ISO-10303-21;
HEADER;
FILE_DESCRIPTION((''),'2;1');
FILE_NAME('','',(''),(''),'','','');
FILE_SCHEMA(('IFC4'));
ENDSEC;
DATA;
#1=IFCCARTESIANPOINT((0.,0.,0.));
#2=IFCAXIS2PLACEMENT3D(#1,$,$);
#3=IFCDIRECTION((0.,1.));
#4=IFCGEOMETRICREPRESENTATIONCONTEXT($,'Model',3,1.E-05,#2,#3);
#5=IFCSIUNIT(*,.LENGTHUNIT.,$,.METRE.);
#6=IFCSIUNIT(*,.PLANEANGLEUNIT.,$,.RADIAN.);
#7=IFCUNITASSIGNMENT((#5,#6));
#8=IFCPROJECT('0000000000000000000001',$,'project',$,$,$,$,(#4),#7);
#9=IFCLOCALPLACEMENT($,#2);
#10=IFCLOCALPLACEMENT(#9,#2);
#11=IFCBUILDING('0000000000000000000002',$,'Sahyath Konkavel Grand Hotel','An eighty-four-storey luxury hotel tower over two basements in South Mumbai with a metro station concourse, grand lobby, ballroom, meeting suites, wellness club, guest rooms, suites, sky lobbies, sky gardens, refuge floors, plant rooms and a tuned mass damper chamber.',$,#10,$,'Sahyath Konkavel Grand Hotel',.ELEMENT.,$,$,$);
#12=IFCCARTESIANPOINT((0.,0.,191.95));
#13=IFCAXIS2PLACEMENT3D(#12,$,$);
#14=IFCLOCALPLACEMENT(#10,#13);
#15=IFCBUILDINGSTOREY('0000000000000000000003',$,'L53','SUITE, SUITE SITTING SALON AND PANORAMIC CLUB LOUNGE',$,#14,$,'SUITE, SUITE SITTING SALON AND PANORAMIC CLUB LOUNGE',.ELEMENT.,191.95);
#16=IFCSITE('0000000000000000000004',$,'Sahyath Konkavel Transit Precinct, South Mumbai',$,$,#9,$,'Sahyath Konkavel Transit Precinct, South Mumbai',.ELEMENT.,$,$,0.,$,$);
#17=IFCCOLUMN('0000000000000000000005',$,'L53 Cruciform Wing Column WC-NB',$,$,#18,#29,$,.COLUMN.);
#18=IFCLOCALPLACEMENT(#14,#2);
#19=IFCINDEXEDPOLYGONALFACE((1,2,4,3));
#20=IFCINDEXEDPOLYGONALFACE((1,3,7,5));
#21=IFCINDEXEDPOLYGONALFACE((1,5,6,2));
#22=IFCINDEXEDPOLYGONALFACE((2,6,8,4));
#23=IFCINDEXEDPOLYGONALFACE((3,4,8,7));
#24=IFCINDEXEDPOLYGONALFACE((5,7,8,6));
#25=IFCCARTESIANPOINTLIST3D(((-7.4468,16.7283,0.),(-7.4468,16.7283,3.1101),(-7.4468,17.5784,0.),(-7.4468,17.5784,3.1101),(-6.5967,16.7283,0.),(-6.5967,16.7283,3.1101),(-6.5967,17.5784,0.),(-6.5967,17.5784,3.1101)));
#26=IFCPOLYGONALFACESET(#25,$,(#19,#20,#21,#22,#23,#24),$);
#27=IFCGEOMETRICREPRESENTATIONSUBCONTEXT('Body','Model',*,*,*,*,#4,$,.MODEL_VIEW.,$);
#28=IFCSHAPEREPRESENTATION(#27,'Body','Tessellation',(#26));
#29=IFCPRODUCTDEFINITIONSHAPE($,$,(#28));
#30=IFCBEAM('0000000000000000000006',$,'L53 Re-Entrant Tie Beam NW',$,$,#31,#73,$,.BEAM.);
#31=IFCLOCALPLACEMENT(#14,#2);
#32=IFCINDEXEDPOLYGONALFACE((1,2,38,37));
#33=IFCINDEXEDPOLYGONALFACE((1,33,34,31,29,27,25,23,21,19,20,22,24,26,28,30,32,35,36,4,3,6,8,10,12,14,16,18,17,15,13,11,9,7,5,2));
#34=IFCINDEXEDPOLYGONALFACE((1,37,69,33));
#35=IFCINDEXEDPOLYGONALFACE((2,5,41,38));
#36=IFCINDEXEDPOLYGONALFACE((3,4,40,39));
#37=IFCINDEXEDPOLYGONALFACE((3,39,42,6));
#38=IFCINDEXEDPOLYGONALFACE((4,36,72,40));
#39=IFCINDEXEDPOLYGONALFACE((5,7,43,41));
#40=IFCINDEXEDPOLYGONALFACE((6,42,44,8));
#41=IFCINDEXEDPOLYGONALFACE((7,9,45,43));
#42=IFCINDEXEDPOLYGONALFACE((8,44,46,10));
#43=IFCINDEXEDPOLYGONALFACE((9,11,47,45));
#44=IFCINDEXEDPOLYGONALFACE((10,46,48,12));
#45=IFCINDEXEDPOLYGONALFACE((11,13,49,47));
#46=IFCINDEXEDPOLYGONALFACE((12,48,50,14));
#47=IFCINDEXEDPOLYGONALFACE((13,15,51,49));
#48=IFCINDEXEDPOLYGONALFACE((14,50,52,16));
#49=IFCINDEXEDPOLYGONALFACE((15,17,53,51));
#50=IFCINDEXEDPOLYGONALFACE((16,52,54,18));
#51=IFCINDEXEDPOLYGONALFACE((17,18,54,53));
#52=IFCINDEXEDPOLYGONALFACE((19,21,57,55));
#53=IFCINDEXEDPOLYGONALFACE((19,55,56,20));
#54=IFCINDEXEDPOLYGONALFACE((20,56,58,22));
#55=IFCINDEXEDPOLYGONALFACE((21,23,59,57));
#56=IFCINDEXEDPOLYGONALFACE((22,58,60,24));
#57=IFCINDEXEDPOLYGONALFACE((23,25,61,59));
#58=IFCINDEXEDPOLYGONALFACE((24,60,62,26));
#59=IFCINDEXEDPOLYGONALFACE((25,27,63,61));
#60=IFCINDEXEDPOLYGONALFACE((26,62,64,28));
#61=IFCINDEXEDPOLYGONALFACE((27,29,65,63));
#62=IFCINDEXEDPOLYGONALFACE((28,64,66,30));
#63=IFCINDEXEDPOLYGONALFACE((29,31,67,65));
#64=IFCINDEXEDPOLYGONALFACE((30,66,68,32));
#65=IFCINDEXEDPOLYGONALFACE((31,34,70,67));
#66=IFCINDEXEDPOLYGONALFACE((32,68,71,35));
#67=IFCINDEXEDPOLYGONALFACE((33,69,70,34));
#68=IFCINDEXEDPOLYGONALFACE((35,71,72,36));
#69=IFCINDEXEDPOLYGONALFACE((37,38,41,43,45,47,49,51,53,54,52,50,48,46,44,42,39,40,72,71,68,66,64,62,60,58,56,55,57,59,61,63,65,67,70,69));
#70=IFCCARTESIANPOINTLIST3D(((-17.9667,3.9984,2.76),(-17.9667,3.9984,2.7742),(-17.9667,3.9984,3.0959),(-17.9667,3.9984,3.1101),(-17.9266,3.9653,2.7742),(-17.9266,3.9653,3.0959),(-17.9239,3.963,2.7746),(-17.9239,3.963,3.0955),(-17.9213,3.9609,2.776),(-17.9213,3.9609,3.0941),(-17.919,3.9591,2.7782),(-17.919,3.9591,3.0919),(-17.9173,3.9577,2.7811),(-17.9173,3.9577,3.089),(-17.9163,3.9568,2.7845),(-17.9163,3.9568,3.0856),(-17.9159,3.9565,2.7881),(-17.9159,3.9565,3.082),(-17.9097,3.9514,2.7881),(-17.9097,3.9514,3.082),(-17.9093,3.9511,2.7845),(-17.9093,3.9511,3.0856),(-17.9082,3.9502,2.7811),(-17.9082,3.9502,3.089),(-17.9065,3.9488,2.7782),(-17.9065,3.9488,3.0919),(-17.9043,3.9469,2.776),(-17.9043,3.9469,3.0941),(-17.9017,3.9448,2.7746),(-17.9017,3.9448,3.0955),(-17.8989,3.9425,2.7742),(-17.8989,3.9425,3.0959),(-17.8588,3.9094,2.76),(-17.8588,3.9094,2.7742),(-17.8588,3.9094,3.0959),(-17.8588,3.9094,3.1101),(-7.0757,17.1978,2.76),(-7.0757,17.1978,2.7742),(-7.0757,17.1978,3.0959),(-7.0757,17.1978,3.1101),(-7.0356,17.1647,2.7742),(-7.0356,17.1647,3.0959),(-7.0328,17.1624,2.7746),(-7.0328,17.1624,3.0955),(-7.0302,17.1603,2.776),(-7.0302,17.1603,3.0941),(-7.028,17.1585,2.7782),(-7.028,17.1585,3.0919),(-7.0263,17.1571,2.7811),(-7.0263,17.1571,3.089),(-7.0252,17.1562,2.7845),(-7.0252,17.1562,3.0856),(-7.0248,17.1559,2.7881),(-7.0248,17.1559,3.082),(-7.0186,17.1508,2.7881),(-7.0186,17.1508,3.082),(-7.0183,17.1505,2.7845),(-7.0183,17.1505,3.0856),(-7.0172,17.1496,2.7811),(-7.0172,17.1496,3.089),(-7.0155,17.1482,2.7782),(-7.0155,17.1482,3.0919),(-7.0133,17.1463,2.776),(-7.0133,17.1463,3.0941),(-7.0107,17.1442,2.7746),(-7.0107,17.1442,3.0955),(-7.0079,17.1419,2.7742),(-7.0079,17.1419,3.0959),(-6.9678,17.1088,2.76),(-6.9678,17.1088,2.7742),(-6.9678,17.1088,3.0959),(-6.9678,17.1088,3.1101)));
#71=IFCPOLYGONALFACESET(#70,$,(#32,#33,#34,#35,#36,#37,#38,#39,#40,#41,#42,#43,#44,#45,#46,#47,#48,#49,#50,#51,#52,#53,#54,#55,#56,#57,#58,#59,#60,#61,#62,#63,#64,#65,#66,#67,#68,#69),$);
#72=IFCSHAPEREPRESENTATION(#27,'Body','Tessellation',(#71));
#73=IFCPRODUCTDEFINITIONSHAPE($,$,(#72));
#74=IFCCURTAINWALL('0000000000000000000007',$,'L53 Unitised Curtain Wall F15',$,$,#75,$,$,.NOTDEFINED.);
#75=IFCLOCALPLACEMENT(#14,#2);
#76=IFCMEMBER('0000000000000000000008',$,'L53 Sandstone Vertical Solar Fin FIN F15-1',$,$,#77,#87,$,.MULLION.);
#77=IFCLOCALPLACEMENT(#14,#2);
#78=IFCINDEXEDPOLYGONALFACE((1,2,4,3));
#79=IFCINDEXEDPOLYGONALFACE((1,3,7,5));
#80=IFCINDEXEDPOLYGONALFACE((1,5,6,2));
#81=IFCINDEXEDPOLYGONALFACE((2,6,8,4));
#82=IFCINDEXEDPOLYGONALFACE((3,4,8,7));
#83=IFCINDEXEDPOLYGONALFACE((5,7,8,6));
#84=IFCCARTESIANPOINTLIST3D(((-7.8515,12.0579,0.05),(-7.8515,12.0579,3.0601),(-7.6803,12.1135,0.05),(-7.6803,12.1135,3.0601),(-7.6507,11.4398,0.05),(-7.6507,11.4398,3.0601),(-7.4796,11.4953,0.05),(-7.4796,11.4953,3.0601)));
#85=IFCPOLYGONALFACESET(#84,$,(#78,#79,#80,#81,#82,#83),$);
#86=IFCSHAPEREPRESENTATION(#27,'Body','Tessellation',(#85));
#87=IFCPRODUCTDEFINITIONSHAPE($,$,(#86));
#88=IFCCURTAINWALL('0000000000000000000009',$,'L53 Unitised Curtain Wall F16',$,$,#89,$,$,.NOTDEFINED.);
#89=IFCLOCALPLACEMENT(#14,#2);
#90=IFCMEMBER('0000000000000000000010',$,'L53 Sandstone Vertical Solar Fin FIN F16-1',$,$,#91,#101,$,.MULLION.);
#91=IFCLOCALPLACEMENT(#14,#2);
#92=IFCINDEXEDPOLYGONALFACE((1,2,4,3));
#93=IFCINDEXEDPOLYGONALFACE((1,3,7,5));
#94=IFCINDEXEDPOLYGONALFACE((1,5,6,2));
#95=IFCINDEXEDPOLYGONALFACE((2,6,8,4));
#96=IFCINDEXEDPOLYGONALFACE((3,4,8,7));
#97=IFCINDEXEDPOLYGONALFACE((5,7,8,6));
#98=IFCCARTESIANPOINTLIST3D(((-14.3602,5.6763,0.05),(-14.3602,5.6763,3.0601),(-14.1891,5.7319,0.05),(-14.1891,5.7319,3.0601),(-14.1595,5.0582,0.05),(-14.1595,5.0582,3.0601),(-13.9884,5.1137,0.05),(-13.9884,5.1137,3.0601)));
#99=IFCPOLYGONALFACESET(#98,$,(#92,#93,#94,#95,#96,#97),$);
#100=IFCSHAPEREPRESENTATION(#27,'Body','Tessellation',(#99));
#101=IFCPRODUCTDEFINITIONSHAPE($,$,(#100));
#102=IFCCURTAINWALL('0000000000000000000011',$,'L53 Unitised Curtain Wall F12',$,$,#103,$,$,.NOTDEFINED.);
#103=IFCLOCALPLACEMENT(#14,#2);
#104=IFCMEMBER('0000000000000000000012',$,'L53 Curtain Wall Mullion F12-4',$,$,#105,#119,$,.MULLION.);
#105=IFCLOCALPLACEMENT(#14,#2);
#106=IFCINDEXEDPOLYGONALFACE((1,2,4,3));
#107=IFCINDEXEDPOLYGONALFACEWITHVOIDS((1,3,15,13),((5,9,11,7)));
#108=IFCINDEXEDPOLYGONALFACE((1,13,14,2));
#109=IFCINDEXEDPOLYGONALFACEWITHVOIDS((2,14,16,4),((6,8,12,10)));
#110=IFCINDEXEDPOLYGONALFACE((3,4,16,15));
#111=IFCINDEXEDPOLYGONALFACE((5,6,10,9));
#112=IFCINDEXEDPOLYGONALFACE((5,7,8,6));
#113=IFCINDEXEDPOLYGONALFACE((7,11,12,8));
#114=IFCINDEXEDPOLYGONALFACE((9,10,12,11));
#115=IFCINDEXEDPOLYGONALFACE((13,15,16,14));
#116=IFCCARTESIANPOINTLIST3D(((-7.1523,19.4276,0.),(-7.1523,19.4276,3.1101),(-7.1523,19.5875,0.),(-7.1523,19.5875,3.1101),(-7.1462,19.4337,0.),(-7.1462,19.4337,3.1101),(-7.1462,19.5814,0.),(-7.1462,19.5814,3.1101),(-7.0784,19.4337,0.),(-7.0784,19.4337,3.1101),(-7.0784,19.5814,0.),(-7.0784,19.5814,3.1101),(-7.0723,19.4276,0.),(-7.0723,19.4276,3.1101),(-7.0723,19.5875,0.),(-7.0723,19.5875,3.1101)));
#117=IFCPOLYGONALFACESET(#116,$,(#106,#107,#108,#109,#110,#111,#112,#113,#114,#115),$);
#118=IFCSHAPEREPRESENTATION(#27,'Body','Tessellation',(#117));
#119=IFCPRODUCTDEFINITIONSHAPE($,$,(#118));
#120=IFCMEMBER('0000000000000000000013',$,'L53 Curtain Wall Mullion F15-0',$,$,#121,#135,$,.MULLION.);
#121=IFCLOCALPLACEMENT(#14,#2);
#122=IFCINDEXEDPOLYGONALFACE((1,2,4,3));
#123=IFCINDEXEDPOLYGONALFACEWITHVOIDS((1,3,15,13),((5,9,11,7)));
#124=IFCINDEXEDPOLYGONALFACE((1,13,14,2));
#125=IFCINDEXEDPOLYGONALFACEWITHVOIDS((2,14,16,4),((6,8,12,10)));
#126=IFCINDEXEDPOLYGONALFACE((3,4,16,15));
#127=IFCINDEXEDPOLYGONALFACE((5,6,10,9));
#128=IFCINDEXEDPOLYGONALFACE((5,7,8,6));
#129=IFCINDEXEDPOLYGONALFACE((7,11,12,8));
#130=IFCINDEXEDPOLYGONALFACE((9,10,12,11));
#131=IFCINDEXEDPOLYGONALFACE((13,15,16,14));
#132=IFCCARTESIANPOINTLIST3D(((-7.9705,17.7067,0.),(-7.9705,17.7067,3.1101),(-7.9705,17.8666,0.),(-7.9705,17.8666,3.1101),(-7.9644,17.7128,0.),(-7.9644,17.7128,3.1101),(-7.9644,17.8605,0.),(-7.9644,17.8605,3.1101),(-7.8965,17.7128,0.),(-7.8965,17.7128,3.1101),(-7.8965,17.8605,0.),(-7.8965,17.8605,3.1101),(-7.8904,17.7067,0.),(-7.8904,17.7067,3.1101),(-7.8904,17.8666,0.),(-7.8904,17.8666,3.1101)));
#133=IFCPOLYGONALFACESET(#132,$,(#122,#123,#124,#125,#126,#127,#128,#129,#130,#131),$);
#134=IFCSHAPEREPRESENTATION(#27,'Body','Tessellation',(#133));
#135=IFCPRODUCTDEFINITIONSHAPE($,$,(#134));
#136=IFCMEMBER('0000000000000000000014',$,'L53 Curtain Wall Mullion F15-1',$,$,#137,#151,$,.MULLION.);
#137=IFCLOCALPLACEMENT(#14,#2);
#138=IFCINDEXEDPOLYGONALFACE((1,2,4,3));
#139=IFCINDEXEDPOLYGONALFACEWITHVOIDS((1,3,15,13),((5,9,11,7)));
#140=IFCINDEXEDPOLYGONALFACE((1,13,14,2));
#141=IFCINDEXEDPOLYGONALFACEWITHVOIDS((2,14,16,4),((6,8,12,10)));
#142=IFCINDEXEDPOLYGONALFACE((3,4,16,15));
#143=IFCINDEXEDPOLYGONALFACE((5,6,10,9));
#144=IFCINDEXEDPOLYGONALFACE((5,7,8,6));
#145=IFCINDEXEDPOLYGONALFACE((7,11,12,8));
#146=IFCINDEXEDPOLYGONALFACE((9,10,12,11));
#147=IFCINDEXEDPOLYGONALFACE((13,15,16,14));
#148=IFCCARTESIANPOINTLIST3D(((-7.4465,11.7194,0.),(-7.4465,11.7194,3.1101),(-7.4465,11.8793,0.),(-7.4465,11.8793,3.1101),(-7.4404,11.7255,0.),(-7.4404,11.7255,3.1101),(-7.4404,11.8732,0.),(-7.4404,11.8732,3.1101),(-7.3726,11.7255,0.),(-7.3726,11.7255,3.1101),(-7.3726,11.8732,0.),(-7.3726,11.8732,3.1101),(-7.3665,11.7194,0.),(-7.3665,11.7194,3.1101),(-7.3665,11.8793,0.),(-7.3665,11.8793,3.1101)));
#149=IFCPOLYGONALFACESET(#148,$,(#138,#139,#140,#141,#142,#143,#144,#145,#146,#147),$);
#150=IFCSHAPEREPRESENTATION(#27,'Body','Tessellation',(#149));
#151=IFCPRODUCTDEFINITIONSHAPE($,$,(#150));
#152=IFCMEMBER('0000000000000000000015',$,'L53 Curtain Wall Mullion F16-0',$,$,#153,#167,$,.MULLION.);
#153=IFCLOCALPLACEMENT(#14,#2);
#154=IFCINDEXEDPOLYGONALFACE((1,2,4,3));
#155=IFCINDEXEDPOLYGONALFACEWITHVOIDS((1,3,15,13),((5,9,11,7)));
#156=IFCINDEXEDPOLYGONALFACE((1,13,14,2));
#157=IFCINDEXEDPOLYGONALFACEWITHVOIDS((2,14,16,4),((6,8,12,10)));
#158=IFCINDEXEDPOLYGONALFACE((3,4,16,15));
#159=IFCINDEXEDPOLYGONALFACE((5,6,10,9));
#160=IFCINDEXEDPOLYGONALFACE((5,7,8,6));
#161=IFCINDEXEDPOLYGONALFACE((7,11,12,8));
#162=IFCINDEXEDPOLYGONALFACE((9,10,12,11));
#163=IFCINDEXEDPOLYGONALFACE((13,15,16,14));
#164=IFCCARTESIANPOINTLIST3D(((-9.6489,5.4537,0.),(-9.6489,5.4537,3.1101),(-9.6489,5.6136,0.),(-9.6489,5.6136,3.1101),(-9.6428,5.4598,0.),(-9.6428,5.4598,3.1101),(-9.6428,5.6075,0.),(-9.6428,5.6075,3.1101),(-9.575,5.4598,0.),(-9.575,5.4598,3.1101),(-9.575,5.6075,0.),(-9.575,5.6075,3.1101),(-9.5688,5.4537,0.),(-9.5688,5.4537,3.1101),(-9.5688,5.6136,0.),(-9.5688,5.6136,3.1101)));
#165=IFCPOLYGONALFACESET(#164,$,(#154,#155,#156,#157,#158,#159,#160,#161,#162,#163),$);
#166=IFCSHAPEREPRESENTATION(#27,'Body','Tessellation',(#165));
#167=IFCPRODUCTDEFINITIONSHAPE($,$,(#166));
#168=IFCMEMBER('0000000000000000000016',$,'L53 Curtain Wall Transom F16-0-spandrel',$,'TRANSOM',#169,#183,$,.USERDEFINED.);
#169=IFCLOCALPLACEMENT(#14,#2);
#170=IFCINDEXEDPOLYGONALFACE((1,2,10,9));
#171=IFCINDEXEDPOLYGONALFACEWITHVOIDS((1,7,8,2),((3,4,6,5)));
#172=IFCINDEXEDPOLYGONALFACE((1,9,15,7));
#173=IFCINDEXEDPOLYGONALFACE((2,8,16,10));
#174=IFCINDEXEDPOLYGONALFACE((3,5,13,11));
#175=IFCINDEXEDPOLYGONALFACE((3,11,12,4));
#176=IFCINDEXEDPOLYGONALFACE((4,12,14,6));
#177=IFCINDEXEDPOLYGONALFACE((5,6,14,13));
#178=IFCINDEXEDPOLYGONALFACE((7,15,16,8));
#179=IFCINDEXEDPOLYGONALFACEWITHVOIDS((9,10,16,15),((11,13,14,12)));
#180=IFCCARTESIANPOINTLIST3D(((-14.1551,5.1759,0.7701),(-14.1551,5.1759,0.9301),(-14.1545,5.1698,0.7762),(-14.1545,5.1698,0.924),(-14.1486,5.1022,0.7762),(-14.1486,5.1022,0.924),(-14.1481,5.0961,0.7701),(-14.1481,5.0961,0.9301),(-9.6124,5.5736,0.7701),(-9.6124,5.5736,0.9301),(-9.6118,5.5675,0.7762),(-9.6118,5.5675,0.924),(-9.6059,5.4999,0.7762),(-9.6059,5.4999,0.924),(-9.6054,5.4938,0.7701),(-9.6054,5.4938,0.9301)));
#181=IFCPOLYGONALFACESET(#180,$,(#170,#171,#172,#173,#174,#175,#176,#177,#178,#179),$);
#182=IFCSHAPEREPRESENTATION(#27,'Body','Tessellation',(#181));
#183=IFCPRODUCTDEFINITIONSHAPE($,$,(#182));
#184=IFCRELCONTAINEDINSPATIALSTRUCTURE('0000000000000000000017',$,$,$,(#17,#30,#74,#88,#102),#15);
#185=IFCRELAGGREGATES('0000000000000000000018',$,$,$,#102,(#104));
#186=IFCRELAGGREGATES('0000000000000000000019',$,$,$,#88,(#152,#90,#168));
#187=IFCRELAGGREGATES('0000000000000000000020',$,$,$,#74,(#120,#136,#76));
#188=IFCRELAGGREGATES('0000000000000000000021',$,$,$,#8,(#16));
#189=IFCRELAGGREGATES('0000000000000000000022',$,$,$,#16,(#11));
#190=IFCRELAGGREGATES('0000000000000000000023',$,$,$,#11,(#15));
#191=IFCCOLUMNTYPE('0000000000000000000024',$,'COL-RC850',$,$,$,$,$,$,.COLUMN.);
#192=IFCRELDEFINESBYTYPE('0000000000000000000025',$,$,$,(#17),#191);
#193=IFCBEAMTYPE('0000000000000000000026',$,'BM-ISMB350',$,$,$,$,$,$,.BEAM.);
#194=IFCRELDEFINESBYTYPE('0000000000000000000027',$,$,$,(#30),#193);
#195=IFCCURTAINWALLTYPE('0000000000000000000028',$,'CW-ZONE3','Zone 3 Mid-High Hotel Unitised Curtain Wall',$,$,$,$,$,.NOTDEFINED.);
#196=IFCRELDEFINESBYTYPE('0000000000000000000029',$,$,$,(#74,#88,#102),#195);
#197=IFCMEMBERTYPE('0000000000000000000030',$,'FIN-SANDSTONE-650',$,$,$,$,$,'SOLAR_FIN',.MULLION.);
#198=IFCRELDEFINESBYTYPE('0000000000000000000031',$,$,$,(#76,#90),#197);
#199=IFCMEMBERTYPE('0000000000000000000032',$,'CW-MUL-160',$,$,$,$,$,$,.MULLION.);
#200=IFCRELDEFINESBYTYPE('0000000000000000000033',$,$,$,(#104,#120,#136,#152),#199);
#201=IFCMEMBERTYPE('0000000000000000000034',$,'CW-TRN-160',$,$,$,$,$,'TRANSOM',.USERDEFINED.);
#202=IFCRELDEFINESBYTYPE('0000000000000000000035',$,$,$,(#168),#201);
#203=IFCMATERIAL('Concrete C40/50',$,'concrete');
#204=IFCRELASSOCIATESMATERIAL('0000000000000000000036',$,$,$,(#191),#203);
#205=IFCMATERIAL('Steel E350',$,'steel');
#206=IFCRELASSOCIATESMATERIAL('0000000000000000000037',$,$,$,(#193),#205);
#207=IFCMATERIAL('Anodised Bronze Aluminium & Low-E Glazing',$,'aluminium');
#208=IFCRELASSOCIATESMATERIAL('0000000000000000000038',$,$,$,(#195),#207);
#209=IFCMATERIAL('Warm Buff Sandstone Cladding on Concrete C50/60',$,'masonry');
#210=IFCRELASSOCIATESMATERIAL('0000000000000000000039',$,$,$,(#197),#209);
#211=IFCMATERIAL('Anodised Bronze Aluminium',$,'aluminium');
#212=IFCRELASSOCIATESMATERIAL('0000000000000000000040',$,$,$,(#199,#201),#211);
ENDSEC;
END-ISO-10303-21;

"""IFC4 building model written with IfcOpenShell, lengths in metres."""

from ifc_helpers import new_model, si_unit, direction, frame, origin, origin_2d, place, context, subcontext, project, spatial, rectangle, hollow_rectangle, i_section, extrude, source, transform, mapped, material, material_profile, profile_set, type_object, element, aggregate, save


model = new_model("IFC4")

# Units and contexts
model_context = context("Model", 3, precision=1e-05, world=origin(), true_north=direction((0.0, 1.0)))
body_context = subcontext(model_context, "Body", "Model", "MODEL_VIEW")
ifc_project = project(units=[si_unit("LENGTHUNIT", "METRE"), si_unit("PLANEANGLEUNIT", "RADIAN")], contexts=[model_context])

# Site, building, storey
site_placement = place(None, origin())
site = spatial("IfcSite", under=ifc_project, at=site_placement, Name="Sahyath Konkavel Transit Precinct, South Mumbai", LongName="Sahyath Konkavel Transit Precinct, South Mumbai", CompositionType="ELEMENT", RefElevation=0.0)
building_placement = place(site_placement, origin())
building = spatial("IfcBuilding", under=site, at=building_placement, Name="Sahyath Konkavel Grand Hotel", Description="An eighty-four-storey luxury hotel tower over two basements in South Mumbai with a metro station concourse, grand lobby, ballroom, meeting suites, wellness club, guest rooms, suites, sky lobbies, sky gardens, refuge floors, plant rooms and a tuned mass damper chamber.", LongName="Sahyath Konkavel Grand Hotel", CompositionType="ELEMENT")
storey_placement = place(building_placement, frame((0.0, 0.0, 191.95)))
storey = spatial("IfcBuildingStorey", under=building, at=storey_placement, Name="L53", Description="SUITE, SUITE SITTING SALON AND PANORAMIC CLUB LOUNGE", LongName="SUITE, SUITE SITTING SALON AND PANORAMIC CLUB LOUNGE", CompositionType="ELEMENT", Elevation=191.95)

# Column
ifc_material_1 = material(Name="Concrete C40/50", Category="concrete")
ifc_material_profile_1 = material_profile(ifc_material_1, rectangle(XDim=0.8501, YDim=0.8501, at=origin_2d()), Name="RC 850x850")
ifc_profile_set_1 = profile_set([ifc_material_profile_1], Name="Concrete C40/50")
column_type = type_object("IfcColumnType", Name="COL-RC850", PredefinedType="COLUMN", material=ifc_profile_set_1)
shared_shape_1 = source(origin(), body_context, "Body", "SweptSolid", [
    extrude(rectangle(XDim=0.8501, YDim=0.8501, at=origin_2d()), origin(), (0.0, 0.0, 1.0), 3.1101),
])
column_placement = place(storey_placement, frame((-7.0217, 17.1533, 0.0), z_axis=(0.0, 0.0, 1.0), x_axis=(1.0, 0.0, 0.0)))
element("IfcColumn", 1, at=column_placement, inside=storey, type_object=column_type, Name="L53 Cruciform Wing Column WC-NB", PredefinedType="COLUMN", context=body_context, shape_type="MappedRepresentation", body=[
    mapped(shared_shape_1, transform((0.0, 0.0, 0.0), scale=1.0)),
])

# Beam
ifc_material_2 = material(Name="Steel E350", Category="steel")
ifc_material_profile_2 = material_profile(ifc_material_2, i_section(OverallWidth=0.1399, OverallDepth=0.3501, WebThickness=0.0081, FlangeThickness=0.0142, FilletRadius=0.0139, at=origin_2d()), Name="ISMB 350")
ifc_profile_set_2 = profile_set([ifc_material_profile_2], Name="Steel E350")
beam_type = type_object("IfcBeamType", Name="BM-ISMB350", PredefinedType="BEAM", material=ifc_profile_set_2)
shared_shape_2 = source(origin(), body_context, "Body", "SweptSolid", [
    extrude(i_section(OverallWidth=0.1399, OverallDepth=0.3501, WebThickness=0.0081, FlangeThickness=0.0142, FilletRadius=0.0139, at=origin_2d()), origin(), (0.0, 0.0, 1.0), 17.1125),
])
beam_placement = place(storey_placement, frame((-7.0217, 17.1533, 2.9351), z_axis=(-0.636437, -0.771329, 0.0), x_axis=(0.771329, -0.636437, 0.0)))
element("IfcBeam", 2, at=beam_placement, inside=storey, type_object=beam_type, Name="L53 Re-Entrant Tie Beam NW", PredefinedType="BEAM", context=body_context, shape_type="MappedRepresentation", body=[
    mapped(shared_shape_2, transform((0.0, 0.0, 0.0), scale=1.0)),
])

# Curtain walls, members
ifc_material_3 = material(Name="Anodised Bronze Aluminium & Low-E Glazing", Category="aluminium")
curtain_wall_type = type_object("IfcCurtainWallType", Name="CW-ZONE3", Description="Zone 3 Mid-High Hotel Unitised Curtain Wall", PredefinedType="NOTDEFINED", material=ifc_material_3)
curtain_wall_1_placement = place(storey_placement, origin())
curtain_wall_1 = element("IfcCurtainWall", 3, at=curtain_wall_1_placement, inside=storey, type_object=curtain_wall_type, Name="L53 Unitised Curtain Wall F15", PredefinedType="NOTDEFINED")
ifc_material_4 = material(Name="Warm Buff Sandstone Cladding on Concrete C50/60", Category="masonry")
ifc_material_profile_3 = material_profile(ifc_material_4, rectangle(XDim=0.1799, YDim=0.6499, at=origin_2d()), Name="FIN 180x650")
ifc_profile_set_3 = profile_set([ifc_material_profile_3], Name="Warm Buff Sandstone Cladding on Concrete C50/60")
member_type_1 = type_object("IfcMemberType", Name="FIN-SANDSTONE-650", ElementType="SOLAR_FIN", PredefinedType="MULLION", material=ifc_profile_set_3)
shared_shape_3 = source(origin(), body_context, "Body", "SweptSolid", [
    extrude(rectangle(XDim=0.1799, YDim=0.6499, at=origin_2d()), origin(), (0.0, 0.0, 1.0), 3.01),
])
member_1_placement = place(storey_placement, frame((-7.6655, 11.7766, 0.05), z_axis=(0.0, 0.0, 1.0), x_axis=(0.95111, 0.308851, 0.0)))
member_1 = element("IfcMember", 4, at=member_1_placement, type_object=member_type_1, Name="L53 Sandstone Vertical Solar Fin FIN F15-1", PredefinedType="MULLION", context=body_context, shape_type="MappedRepresentation", body=[
    mapped(shared_shape_3, transform((0.0, 0.0, 0.0), scale=1.0)),
])
curtain_wall_2_placement = place(storey_placement, origin())
curtain_wall_2 = element("IfcCurtainWall", 5, at=curtain_wall_2_placement, inside=storey, type_object=curtain_wall_type, Name="L53 Unitised Curtain Wall F16", PredefinedType="NOTDEFINED")
member_2_placement = place(storey_placement, frame((-14.1743, 5.395, 0.05), z_axis=(0.0, 0.0, 1.0), x_axis=(0.95111, 0.308851, 0.0)))
member_2 = element("IfcMember", 6, at=member_2_placement, type_object=member_type_1, Name="L53 Sandstone Vertical Solar Fin FIN F16-1", PredefinedType="MULLION", context=body_context, shape_type="MappedRepresentation", body=[
    mapped(shared_shape_3, transform((0.0, 0.0, 0.0), scale=1.0)),
])
curtain_wall_3_placement = place(storey_placement, origin())
curtain_wall_3 = element("IfcCurtainWall", 7, at=curtain_wall_3_placement, inside=storey, type_object=curtain_wall_type, Name="L53 Unitised Curtain Wall F12", PredefinedType="NOTDEFINED")
ifc_material_5 = material(Name="Anodised Bronze Aluminium", Category="aluminium")
ifc_material_profile_4 = material_profile(ifc_material_5, hollow_rectangle(XDim=0.0801, YDim=0.1599, WallThickness=0.0061, at=origin_2d()), Name="RHS 160x80x6")
ifc_profile_set_4 = profile_set([ifc_material_profile_4], Name="Anodised Bronze Aluminium")
member_type_2 = type_object("IfcMemberType", Name="CW-MUL-160", PredefinedType="MULLION", material=ifc_profile_set_4)
shared_shape_4 = source(origin(), body_context, "Body", "SweptSolid", [
    extrude(hollow_rectangle(XDim=0.0801, YDim=0.1599, WallThickness=0.0061, at=origin_2d()), origin(), (0.0, 0.0, 1.0), 3.1101),
])
member_3_placement = place(storey_placement, frame((-7.1123, 19.5076, 0.0), z_axis=(0.0, 0.0, 1.0), x_axis=(1.0, 0.0, 0.0)))
member_3 = element("IfcMember", 8, at=member_3_placement, type_object=member_type_2, Name="L53 Curtain Wall Mullion F12-4", PredefinedType="MULLION", context=body_context, shape_type="MappedRepresentation", body=[
    mapped(shared_shape_4, transform((0.0, 0.0, 0.0), scale=1.0)),
])
aggregate(curtain_wall_3, [member_3])

# Members
member_4_placement = place(storey_placement, frame((-7.9304, 17.7866, 0.0), z_axis=(0.0, 0.0, 1.0), x_axis=(1.0, 0.0, 0.0)))
member_4 = element("IfcMember", 9, at=member_4_placement, type_object=member_type_2, Name="L53 Curtain Wall Mullion F15-0", PredefinedType="MULLION", context=body_context, shape_type="MappedRepresentation", body=[
    mapped(shared_shape_4, transform((0.0, 0.0, 0.0), scale=1.0)),
])
member_5_placement = place(storey_placement, frame((-7.4065, 11.7993, 0.0), z_axis=(0.0, 0.0, 1.0), x_axis=(1.0, 0.0, 0.0)))
member_5 = element("IfcMember", 10, at=member_5_placement, type_object=member_type_2, Name="L53 Curtain Wall Mullion F15-1", PredefinedType="MULLION", context=body_context, shape_type="MappedRepresentation", body=[
    mapped(shared_shape_4, transform((0.0, 0.0, 0.0), scale=1.0)),
])
member_6_placement = place(storey_placement, frame((-9.6089, 5.5337, 0.0), z_axis=(0.0, 0.0, 1.0), x_axis=(1.0, 0.0, 0.0)))
member_6 = element("IfcMember", 11, at=member_6_placement, type_object=member_type_2, Name="L53 Curtain Wall Mullion F16-0", PredefinedType="MULLION", context=body_context, shape_type="MappedRepresentation", body=[
    mapped(shared_shape_4, transform((0.0, 0.0, 0.0), scale=1.0)),
])
ifc_material_profile_5 = material_profile(ifc_material_5, hollow_rectangle(XDim=0.0801, YDim=0.1599, WallThickness=0.0061, at=origin_2d()), Name="RHS 160x80x6")
ifc_profile_set_5 = profile_set([ifc_material_profile_5], Name="Anodised Bronze Aluminium")
member_type_3 = type_object("IfcMemberType", Name="CW-TRN-160", ElementType="TRANSOM", PredefinedType="USERDEFINED", material=ifc_profile_set_5)
shared_shape_5 = source(origin(), body_context, "Body", "SweptSolid", [
    extrude(hollow_rectangle(XDim=0.0801, YDim=0.1599, WallThickness=0.0061, at=origin_2d()), origin(), (0.0, 0.0, 1.0), 4.5601),
])
member_7_placement = place(storey_placement, frame((-9.6089, 5.5337, 0.8501), z_axis=(-0.99619, -0.087214, 0.0), x_axis=(0.087214, -0.99619, 0.0)))
member_7 = element("IfcMember", 12, at=member_7_placement, type_object=member_type_3, Name="L53 Curtain Wall Transom F16-0-spandrel", ObjectType="TRANSOM", PredefinedType="USERDEFINED", context=body_context, shape_type="MappedRepresentation", body=[
    mapped(shared_shape_5, transform((0.0, 0.0, 0.0), scale=1.0)),
])

aggregate(curtain_wall_2, [member_6, member_2, member_7])
aggregate(curtain_wall_1, [member_4, member_5, member_1])

save(model, "model.ifc")
